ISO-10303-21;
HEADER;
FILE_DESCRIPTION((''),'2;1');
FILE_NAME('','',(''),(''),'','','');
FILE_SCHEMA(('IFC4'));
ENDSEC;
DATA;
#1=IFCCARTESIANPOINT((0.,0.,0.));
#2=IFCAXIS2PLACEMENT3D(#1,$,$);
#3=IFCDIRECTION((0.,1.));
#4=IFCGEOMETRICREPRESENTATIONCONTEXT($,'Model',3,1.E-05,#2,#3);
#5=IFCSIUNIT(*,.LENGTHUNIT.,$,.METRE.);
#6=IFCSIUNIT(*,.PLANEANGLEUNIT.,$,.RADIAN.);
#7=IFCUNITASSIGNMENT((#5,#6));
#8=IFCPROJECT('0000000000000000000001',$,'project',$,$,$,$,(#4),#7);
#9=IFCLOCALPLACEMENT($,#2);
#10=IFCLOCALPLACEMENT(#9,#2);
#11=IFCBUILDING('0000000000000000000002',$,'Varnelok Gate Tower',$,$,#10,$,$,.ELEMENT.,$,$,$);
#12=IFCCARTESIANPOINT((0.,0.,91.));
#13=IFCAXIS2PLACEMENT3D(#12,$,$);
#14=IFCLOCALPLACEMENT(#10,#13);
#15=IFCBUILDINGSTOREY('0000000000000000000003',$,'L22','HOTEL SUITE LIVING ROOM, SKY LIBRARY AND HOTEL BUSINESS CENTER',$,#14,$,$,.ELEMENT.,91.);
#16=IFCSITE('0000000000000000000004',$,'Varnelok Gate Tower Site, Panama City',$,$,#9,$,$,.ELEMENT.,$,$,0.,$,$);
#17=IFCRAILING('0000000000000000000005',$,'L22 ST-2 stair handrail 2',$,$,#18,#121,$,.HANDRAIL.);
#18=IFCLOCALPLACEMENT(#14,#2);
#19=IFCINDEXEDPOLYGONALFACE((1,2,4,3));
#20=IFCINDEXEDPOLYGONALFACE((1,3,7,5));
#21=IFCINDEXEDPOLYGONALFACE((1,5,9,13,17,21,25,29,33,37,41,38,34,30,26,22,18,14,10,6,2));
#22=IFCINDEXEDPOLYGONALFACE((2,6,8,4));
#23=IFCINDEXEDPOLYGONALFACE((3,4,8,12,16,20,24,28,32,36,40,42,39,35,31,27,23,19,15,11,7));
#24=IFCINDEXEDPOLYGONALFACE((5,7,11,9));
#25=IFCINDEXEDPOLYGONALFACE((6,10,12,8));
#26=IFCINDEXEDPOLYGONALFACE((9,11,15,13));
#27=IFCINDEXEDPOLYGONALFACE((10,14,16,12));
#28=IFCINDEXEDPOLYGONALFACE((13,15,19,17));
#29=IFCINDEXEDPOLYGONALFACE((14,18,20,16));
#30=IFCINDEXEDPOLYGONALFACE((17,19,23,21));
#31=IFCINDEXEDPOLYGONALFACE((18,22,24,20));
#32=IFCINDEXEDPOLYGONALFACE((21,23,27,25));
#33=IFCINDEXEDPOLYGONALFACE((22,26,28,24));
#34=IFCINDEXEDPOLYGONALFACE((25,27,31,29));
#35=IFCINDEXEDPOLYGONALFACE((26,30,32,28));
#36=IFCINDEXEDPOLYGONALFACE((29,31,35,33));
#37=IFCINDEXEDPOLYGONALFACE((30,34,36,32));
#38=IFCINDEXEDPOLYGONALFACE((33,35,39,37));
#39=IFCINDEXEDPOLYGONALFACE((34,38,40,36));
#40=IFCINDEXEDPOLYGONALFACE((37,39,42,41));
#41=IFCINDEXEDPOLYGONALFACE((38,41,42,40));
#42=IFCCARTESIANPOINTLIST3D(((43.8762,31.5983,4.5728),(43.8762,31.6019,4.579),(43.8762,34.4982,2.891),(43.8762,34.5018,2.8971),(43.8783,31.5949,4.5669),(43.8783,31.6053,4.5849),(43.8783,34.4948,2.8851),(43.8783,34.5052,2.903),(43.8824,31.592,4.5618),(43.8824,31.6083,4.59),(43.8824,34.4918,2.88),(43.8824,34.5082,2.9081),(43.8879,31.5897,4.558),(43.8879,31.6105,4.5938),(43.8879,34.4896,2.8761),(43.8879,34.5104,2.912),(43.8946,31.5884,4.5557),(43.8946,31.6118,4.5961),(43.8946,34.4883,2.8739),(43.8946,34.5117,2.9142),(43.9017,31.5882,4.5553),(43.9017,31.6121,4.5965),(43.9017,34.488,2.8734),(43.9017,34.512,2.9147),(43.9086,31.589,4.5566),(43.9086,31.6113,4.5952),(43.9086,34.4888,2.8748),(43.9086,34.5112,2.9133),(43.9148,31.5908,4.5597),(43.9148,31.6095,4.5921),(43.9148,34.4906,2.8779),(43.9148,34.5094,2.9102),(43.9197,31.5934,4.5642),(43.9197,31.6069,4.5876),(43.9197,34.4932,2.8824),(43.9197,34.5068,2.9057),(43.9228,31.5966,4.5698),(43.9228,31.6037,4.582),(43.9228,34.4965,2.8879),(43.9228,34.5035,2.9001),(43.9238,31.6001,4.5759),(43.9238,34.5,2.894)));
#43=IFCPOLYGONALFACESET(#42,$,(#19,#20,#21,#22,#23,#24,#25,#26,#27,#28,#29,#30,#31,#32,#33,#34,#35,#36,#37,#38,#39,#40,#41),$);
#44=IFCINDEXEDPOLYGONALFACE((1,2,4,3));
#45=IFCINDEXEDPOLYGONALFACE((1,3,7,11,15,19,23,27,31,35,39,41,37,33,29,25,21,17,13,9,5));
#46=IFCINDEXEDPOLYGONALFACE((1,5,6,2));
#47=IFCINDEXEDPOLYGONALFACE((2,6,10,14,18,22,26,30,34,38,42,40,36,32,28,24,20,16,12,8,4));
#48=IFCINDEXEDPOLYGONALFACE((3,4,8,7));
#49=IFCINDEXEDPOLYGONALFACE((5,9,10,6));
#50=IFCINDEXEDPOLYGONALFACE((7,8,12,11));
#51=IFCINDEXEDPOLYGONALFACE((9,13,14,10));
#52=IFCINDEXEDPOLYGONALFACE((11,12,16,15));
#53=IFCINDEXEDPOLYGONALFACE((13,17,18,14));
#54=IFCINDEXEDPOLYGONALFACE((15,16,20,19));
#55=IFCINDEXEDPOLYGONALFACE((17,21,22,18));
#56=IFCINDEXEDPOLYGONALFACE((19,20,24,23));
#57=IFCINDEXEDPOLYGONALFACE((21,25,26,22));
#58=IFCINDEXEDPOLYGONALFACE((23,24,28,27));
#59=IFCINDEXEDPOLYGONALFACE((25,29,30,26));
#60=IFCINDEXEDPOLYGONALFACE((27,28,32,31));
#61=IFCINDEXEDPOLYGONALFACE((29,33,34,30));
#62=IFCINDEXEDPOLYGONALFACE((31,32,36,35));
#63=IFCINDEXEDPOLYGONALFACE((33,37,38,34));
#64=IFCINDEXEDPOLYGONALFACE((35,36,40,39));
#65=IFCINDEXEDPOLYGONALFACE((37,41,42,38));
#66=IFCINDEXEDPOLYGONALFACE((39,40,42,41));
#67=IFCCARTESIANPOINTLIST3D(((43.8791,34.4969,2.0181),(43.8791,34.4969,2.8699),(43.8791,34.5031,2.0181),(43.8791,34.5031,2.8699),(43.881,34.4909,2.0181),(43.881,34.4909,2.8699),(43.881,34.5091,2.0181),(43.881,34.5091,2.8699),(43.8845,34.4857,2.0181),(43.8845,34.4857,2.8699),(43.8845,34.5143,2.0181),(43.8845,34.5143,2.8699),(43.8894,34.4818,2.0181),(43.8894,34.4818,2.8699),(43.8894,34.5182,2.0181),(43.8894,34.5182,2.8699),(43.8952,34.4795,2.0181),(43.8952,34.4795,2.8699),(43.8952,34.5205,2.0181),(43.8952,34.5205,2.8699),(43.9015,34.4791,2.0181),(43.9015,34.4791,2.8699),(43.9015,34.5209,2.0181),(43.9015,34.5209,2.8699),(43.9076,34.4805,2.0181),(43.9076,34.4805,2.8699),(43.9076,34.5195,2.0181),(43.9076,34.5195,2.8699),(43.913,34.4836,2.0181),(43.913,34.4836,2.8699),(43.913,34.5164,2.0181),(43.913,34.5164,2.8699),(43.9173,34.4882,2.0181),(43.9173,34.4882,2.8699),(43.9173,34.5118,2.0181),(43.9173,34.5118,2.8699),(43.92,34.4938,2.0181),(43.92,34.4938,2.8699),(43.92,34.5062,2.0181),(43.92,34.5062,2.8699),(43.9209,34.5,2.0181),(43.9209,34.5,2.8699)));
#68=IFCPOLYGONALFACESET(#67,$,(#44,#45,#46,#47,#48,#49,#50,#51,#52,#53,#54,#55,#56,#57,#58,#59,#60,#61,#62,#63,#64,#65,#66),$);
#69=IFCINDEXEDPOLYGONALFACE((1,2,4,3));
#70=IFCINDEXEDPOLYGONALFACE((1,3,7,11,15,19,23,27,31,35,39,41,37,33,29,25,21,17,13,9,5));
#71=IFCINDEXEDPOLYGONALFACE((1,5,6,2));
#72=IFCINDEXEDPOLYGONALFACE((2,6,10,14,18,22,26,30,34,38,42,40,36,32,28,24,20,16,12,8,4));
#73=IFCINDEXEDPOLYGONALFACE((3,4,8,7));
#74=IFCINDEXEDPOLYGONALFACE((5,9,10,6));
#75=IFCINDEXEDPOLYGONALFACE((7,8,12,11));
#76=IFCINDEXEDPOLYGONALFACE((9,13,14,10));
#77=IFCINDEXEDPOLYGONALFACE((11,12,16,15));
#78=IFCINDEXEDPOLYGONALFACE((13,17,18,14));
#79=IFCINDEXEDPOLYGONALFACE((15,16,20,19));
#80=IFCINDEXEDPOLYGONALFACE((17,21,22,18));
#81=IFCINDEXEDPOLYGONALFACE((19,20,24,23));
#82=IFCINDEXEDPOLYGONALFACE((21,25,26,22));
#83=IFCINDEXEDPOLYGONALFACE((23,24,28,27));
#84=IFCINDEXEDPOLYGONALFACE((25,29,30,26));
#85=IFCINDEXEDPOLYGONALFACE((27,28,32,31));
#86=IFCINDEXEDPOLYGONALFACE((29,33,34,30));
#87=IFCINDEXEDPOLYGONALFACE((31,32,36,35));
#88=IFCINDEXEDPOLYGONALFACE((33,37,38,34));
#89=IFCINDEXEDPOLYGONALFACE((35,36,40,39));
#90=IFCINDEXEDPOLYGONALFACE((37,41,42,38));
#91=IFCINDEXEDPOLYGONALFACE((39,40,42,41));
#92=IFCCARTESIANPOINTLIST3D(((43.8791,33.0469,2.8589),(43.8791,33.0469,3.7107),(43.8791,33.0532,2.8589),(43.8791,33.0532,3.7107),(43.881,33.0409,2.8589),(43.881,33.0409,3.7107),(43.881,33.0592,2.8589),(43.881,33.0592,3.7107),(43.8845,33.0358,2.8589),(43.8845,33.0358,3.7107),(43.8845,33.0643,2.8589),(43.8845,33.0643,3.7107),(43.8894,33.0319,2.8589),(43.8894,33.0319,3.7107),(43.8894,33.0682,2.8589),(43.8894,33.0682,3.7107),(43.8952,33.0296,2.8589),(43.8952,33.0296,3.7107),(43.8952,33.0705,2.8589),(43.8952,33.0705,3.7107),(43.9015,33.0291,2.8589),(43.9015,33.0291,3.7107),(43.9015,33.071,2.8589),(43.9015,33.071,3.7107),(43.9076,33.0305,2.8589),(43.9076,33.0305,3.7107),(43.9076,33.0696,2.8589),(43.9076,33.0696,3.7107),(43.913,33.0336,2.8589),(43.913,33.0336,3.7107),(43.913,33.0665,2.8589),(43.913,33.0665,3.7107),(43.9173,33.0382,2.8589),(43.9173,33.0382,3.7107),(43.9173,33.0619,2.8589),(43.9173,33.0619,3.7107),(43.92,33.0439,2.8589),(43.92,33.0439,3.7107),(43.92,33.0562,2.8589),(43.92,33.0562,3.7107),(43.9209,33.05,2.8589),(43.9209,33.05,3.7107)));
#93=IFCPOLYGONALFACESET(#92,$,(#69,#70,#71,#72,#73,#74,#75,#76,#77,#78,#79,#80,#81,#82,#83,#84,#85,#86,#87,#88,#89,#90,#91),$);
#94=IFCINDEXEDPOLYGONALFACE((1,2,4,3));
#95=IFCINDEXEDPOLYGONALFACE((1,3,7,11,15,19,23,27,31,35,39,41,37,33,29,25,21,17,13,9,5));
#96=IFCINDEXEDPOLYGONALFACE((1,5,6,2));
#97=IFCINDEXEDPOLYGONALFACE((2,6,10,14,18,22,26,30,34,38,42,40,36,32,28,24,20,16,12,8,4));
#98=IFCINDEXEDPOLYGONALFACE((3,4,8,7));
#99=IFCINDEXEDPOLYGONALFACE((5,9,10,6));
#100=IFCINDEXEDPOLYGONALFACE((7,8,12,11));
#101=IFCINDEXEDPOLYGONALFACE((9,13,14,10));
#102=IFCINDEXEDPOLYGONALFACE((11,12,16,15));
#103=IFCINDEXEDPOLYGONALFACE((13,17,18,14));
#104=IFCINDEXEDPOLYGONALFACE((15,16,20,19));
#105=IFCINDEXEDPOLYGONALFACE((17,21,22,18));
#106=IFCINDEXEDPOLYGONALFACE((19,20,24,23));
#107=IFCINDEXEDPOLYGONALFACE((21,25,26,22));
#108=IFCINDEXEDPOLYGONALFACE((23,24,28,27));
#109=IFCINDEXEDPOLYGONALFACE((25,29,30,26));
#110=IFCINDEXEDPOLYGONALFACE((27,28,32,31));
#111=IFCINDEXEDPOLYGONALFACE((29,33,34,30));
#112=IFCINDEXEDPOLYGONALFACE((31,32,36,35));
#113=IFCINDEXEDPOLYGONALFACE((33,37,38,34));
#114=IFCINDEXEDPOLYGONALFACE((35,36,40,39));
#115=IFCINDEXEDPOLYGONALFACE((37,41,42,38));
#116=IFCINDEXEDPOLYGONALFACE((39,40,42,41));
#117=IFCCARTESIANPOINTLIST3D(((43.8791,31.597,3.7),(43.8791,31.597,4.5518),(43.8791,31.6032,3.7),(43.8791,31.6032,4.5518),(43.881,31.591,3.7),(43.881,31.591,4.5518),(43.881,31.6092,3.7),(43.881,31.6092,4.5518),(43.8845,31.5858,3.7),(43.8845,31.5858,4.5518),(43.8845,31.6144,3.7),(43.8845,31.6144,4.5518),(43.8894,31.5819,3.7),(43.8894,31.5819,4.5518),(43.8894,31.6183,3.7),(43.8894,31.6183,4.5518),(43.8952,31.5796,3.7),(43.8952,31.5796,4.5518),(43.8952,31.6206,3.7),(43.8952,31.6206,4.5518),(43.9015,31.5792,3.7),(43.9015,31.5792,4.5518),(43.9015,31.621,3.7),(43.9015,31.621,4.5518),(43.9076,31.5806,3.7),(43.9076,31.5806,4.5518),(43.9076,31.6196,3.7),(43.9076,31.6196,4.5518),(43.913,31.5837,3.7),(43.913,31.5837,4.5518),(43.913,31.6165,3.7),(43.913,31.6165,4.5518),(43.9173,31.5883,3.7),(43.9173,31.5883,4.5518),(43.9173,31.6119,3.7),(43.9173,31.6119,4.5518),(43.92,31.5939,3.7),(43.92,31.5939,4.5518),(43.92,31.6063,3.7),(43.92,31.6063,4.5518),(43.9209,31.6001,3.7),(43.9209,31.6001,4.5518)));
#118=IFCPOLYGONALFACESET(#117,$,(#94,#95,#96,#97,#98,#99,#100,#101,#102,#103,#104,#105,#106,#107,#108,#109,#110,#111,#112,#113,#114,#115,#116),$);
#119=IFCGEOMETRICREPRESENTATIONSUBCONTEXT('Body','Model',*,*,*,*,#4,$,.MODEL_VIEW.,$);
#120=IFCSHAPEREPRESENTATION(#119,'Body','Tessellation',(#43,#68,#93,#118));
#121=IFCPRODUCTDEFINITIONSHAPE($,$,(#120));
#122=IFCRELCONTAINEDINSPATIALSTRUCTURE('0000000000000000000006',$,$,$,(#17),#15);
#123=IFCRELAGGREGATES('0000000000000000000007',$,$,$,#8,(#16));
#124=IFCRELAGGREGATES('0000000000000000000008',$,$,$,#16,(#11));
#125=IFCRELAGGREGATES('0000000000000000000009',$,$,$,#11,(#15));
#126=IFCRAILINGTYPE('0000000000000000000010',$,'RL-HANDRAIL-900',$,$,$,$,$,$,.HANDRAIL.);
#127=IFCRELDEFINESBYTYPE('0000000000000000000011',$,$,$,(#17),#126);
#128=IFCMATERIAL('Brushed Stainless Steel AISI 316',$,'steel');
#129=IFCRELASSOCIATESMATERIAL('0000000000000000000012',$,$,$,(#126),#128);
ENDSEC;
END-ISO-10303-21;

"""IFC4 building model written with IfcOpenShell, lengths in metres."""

from ifc_helpers import new_model, si_unit, direction, frame, origin, origin_2d, place, context, subcontext, project, spatial, circle, extrude, material, type_object, element, save


model = new_model("IFC4")

# Units and contexts
model_context = context("Model", 3, precision=1e-05, world=origin(), true_north=direction((0.0, 1.0)))
body_context = subcontext(model_context, "Body", "Model", "MODEL_VIEW")
ifc_project = project(units=[si_unit("LENGTHUNIT", "METRE"), si_unit("PLANEANGLEUNIT", "RADIAN")], contexts=[model_context])

# Site, building, storey
site_placement = place(None, origin())
site = spatial("IfcSite", under=ifc_project, at=site_placement, Name="Varnelok Gate Tower Site, Panama City", CompositionType="ELEMENT", RefElevation=0.0)
building_placement = place(site_placement, origin())
building = spatial("IfcBuilding", under=site, at=building_placement, Name="Varnelok Gate Tower", CompositionType="ELEMENT")
storey_placement = place(building_placement, frame((0.0, 0.0, 91.0)))
storey = spatial("IfcBuildingStorey", under=building, at=storey_placement, Name="L22", Description="HOTEL SUITE LIVING ROOM, SKY LIBRARY AND HOTEL BUSINESS CENTER", CompositionType="ELEMENT", Elevation=91.0)

# Railing
ifc_material_1 = material(Name="Brushed Stainless Steel AISI 316", Category="steel")
railing_type_1 = type_object("IfcRailingType", Name="RL-HANDRAIL-900", PredefinedType="HANDRAIL", material=ifc_material_1)
railing_1_placement = place(storey_placement, frame((43.8999, 34.5, 2.0181)))
element("IfcRailing", 1, at=railing_1_placement, inside=storey, type_object=railing_type_1, Name="L22 ST-2 stair handrail 2", PredefinedType="HANDRAIL", context=body_context, shape_type="SweptSolid", body=[
    extrude(circle(Radius=0.0239, at=origin_2d()), frame((0.0, 0.0, 0.876), z_axis=(0.0, -0.865039, 0.501705), x_axis=(1.0, 0.0, 0.0)), (0.0, 0.0, 1.0), 3.3523),
    extrude(circle(Radius=0.021, at=origin_2d()), origin(), (0.0, 0.0, 1.0), 0.8518),
    extrude(circle(Radius=0.021, at=origin_2d()), frame((0.0, -1.45, 0.8408)), (0.0, 0.0, 1.0), 0.8518),
    extrude(circle(Radius=0.021, at=origin_2d()), frame((0.0, -2.8999, 1.6819)), (0.0, 0.0, 1.0), 0.8518),
])

save(model, "model.ifc")
